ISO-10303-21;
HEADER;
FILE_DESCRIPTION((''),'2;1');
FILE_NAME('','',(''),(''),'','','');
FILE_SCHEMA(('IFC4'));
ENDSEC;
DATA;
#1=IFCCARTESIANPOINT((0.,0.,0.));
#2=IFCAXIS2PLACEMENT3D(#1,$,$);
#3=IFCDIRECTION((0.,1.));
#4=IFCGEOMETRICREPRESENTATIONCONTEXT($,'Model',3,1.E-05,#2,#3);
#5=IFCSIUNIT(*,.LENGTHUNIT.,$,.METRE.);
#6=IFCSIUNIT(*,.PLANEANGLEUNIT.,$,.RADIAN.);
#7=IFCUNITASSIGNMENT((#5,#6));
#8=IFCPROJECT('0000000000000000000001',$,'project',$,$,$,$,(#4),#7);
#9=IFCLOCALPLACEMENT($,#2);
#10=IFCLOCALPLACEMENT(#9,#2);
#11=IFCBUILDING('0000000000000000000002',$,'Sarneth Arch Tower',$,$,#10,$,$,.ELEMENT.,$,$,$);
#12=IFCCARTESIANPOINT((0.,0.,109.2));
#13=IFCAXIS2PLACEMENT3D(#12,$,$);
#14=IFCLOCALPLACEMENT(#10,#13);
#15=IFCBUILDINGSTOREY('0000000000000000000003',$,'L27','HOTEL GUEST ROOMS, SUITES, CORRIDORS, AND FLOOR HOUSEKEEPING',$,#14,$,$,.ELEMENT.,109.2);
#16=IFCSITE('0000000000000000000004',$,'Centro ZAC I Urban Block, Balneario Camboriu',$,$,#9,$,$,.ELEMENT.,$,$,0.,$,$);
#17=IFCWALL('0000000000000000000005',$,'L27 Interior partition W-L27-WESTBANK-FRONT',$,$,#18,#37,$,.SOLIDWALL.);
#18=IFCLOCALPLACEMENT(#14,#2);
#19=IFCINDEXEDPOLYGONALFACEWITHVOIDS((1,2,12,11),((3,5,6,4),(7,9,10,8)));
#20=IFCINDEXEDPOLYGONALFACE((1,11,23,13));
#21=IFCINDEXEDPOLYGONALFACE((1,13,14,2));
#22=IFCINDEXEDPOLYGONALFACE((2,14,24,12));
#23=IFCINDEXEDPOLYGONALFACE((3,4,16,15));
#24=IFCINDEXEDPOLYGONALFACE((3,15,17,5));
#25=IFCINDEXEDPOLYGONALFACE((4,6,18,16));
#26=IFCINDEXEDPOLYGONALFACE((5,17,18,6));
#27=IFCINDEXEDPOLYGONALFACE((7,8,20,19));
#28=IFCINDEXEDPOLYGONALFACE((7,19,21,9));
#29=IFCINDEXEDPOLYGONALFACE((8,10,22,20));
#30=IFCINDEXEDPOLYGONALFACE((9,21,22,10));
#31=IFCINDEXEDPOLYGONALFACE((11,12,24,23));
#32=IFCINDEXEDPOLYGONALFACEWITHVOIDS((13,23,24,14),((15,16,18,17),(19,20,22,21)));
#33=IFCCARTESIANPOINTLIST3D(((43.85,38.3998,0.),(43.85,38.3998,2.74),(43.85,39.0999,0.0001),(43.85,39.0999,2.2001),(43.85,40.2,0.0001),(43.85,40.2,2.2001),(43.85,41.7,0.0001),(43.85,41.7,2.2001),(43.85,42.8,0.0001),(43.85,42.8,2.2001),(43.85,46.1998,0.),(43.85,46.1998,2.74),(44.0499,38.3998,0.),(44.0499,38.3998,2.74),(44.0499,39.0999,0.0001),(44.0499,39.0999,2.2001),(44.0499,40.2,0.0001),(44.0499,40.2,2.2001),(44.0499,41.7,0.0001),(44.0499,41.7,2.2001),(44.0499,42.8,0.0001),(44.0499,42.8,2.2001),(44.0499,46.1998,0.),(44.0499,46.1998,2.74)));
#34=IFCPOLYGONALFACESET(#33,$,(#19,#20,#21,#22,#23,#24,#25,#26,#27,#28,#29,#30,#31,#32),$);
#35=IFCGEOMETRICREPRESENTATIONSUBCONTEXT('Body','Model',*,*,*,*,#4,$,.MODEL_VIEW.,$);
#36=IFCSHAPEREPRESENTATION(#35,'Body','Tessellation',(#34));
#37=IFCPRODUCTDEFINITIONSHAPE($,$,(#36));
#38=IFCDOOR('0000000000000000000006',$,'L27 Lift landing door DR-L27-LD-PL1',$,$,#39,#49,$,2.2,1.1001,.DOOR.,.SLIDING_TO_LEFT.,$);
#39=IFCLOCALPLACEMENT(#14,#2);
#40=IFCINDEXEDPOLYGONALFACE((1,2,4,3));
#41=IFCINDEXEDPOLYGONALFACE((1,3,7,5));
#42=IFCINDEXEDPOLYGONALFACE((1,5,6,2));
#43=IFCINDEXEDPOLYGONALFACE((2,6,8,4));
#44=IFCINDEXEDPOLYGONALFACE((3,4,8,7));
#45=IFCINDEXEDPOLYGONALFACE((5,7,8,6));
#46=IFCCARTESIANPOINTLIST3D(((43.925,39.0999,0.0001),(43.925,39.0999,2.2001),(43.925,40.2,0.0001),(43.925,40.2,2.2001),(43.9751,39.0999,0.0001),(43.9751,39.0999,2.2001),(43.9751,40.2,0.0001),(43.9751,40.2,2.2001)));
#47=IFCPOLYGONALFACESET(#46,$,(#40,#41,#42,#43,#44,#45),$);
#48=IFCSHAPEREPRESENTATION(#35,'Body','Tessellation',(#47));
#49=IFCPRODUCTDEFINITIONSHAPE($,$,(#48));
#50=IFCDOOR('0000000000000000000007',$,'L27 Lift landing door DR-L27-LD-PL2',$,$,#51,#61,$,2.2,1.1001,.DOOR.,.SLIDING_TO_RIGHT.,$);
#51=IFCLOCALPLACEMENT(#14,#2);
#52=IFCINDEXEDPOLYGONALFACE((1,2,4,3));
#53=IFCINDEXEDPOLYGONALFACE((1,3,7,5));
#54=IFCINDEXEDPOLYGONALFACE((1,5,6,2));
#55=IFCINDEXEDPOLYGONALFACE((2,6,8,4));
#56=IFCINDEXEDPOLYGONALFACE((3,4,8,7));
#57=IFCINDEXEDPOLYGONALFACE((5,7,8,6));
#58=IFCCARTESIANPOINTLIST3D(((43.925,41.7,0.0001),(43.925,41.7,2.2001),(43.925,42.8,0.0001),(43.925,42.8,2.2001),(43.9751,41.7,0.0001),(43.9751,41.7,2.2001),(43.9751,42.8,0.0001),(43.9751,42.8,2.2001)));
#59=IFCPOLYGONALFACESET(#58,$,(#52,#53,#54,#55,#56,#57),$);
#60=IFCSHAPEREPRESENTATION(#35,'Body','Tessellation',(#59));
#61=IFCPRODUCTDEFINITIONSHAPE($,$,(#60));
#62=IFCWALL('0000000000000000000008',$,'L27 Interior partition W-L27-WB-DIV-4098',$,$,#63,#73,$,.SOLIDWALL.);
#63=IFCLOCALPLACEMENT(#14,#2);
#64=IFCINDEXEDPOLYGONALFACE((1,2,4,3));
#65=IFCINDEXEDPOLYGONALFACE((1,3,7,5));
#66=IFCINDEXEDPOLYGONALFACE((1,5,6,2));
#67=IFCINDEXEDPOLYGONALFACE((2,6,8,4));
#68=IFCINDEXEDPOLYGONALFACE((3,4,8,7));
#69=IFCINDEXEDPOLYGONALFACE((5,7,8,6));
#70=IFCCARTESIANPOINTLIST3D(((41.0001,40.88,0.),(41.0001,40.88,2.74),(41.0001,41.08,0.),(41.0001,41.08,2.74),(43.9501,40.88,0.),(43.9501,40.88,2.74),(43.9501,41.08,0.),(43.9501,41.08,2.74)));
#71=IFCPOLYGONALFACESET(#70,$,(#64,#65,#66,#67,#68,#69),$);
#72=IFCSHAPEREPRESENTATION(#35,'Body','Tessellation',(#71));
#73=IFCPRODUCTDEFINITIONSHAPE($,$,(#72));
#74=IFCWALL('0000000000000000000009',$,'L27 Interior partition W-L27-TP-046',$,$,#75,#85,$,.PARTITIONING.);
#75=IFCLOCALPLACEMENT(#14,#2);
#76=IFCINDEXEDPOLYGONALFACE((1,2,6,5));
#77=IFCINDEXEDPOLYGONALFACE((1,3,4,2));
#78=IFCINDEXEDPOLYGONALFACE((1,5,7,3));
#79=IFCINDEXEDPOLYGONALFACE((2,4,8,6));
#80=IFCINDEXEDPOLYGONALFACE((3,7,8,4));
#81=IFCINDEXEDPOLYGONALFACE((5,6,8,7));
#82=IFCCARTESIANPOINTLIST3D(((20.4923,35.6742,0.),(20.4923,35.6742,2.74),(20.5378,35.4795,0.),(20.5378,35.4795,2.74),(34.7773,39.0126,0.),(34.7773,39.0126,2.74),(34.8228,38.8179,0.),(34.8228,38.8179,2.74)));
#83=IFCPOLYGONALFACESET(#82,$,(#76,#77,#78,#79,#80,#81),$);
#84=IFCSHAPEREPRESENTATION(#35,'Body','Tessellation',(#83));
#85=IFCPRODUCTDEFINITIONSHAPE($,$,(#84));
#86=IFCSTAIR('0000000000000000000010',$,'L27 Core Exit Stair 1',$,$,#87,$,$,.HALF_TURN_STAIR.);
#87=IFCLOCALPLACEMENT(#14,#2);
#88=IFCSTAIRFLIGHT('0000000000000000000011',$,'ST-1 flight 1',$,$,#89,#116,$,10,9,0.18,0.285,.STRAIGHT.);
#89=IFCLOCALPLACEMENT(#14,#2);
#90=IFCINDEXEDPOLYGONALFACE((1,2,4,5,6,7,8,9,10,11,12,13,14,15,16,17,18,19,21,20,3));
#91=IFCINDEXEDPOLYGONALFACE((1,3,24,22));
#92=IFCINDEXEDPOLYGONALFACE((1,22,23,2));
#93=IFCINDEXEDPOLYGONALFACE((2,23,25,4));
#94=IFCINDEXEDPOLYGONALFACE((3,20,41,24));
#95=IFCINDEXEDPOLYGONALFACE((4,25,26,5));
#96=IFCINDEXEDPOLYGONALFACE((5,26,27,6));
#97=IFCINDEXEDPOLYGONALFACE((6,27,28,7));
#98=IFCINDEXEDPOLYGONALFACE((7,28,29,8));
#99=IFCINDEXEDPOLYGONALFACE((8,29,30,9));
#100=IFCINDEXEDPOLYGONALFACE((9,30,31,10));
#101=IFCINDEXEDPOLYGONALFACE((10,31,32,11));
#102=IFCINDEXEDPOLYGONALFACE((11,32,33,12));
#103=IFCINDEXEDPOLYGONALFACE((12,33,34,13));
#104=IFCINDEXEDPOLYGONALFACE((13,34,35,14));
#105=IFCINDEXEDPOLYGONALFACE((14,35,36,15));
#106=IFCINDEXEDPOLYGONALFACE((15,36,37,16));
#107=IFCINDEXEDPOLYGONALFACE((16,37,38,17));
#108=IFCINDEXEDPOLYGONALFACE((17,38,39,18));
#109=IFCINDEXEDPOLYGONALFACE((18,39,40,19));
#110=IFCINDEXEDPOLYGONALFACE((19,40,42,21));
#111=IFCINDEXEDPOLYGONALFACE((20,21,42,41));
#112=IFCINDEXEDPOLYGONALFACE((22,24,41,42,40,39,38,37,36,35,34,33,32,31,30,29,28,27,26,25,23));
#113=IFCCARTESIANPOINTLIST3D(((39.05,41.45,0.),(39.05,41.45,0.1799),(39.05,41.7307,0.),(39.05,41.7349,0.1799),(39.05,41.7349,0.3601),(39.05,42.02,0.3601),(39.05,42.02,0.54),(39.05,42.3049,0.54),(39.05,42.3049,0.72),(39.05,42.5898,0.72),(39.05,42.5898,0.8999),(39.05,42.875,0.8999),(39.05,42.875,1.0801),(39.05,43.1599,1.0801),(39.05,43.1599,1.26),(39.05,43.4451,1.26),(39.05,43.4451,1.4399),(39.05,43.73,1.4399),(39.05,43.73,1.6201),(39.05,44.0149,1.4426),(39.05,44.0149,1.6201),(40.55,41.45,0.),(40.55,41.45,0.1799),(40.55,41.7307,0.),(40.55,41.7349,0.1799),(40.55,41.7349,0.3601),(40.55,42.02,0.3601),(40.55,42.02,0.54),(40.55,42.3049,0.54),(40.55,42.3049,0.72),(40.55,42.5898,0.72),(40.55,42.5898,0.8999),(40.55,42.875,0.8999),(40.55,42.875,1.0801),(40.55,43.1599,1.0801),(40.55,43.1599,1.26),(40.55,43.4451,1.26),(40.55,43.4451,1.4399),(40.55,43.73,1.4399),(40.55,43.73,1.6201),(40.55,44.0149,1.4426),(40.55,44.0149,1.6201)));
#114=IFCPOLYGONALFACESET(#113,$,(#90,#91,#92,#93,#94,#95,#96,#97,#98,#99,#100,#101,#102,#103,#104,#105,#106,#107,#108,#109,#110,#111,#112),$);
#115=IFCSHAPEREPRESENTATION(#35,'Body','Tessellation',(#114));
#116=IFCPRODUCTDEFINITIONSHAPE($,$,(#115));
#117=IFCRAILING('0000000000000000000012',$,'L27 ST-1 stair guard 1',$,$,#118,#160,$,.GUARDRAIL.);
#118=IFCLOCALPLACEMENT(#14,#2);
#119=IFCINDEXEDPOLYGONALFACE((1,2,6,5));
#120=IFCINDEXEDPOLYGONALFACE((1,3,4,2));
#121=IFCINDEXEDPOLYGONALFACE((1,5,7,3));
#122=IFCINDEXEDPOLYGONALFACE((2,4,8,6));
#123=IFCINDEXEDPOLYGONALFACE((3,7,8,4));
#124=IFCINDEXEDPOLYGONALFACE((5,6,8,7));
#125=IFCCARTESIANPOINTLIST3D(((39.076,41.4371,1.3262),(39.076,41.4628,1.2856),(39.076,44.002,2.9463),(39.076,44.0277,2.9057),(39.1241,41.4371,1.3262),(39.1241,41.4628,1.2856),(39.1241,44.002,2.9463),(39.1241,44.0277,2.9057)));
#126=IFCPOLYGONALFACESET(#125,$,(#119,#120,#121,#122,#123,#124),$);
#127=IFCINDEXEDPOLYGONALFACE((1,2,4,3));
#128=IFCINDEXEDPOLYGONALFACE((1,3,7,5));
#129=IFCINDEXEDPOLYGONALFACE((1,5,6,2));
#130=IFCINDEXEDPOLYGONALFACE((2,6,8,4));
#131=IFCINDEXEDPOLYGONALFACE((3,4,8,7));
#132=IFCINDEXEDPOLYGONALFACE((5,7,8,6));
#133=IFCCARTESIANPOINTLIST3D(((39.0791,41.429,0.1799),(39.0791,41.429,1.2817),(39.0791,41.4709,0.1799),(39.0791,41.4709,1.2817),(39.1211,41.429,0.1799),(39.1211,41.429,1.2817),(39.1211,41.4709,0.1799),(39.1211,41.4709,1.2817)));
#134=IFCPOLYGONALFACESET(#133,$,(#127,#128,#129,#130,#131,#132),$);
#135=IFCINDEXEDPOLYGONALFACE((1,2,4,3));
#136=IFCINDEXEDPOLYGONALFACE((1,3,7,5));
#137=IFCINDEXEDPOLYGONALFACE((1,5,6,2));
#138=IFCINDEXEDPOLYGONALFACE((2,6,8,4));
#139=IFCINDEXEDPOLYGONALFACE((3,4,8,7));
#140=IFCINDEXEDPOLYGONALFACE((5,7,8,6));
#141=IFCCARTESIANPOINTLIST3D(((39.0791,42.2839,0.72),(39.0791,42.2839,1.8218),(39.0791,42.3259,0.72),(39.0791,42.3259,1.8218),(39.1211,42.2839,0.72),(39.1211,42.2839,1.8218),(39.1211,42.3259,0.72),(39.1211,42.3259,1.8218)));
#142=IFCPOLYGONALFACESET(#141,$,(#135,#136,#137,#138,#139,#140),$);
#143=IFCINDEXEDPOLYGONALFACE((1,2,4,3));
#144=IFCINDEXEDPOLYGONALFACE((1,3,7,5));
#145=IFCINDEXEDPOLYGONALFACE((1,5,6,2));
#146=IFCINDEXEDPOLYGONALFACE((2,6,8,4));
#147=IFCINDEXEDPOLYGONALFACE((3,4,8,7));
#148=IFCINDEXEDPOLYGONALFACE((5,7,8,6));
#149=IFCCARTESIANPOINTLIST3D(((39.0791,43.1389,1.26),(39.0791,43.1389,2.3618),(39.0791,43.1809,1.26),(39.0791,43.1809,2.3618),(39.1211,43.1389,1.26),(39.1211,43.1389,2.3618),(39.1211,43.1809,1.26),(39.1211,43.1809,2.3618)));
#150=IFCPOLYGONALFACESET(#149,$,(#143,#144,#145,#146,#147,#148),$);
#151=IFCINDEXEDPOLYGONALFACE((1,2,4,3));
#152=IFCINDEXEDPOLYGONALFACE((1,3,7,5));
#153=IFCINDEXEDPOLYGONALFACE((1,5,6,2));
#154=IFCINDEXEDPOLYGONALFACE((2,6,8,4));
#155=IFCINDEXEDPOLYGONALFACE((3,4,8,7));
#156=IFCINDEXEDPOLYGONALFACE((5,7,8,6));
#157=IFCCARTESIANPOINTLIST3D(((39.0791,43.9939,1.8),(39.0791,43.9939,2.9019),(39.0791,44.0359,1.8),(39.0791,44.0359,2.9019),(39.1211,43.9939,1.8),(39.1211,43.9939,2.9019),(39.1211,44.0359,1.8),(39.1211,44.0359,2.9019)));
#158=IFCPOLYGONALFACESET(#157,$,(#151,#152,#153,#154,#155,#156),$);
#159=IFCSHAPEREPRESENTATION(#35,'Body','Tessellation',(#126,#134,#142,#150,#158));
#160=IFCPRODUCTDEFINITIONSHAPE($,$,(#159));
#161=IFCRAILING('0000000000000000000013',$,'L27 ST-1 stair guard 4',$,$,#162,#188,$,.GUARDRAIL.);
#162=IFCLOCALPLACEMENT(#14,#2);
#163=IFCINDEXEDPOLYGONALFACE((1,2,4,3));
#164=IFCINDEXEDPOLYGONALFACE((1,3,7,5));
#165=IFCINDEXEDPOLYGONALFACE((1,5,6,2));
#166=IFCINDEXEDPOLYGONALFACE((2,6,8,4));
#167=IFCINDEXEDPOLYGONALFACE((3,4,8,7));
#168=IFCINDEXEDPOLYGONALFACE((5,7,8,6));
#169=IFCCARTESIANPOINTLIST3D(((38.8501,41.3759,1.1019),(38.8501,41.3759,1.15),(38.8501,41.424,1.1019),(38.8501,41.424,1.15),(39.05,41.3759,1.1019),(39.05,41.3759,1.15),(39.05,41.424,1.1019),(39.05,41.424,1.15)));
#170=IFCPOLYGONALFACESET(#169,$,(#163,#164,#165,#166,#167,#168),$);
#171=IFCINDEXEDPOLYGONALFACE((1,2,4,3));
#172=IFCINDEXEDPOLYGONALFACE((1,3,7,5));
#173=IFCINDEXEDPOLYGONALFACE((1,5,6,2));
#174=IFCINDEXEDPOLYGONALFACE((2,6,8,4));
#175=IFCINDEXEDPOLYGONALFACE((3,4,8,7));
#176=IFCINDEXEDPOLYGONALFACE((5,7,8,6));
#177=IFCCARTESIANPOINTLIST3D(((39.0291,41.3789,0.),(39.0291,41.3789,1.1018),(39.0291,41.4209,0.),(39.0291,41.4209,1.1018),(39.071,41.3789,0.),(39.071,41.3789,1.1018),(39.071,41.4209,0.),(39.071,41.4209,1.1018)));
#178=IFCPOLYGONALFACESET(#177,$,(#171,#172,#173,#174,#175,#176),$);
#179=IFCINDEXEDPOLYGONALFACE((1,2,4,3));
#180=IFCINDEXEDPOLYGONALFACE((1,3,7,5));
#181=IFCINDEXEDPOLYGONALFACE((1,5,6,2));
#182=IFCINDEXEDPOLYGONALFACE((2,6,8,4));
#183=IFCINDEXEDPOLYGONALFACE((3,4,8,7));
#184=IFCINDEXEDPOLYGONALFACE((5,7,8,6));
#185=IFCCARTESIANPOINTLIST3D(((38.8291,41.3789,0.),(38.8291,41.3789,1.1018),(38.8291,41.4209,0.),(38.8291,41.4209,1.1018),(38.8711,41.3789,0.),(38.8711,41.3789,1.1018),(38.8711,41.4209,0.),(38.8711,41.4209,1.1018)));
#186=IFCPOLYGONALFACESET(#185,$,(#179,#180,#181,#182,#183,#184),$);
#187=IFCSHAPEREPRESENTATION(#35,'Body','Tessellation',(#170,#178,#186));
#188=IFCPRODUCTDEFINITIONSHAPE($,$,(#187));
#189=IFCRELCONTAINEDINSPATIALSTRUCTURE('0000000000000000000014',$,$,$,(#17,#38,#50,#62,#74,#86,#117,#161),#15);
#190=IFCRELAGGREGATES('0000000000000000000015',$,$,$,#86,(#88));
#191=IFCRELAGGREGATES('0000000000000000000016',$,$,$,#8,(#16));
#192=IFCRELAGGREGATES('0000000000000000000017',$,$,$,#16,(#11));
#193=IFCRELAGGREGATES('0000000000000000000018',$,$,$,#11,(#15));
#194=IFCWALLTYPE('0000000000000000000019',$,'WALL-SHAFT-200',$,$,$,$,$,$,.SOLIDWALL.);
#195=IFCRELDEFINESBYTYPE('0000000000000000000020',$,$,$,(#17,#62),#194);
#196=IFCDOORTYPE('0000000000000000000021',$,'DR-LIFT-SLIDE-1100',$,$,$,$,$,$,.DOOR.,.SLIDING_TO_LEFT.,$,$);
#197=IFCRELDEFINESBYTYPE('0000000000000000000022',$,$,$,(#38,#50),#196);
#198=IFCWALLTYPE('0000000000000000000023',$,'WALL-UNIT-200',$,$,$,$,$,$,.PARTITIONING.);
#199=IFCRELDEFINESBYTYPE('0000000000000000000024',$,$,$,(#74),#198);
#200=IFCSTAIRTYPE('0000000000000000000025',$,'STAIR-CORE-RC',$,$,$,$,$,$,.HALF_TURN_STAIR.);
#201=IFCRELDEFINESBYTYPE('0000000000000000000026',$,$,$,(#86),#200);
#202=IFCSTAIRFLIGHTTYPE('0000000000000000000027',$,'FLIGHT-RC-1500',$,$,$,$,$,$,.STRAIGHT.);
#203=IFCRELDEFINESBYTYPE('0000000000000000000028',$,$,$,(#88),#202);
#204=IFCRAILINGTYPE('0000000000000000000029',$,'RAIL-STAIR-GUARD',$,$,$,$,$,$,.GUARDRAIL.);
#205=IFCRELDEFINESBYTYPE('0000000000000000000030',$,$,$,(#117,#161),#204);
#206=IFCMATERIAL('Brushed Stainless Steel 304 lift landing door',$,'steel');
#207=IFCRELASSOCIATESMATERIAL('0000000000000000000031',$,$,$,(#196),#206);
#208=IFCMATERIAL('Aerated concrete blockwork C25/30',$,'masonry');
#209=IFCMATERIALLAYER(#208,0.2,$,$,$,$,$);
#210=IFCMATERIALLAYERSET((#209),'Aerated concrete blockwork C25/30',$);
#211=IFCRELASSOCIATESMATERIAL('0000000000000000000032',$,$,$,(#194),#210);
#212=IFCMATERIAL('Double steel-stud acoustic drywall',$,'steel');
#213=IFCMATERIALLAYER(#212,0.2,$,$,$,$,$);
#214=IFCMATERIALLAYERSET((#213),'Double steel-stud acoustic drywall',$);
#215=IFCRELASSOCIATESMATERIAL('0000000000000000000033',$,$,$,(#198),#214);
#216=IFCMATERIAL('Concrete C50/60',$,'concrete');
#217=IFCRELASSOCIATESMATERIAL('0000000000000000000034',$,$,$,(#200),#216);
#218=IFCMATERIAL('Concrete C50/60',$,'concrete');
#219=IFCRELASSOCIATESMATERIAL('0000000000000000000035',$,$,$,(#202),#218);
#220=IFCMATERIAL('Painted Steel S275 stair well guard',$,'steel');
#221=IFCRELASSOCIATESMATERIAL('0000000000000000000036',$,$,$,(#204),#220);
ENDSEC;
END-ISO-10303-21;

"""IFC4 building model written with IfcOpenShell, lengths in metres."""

from ifc_helpers import new_model, si_unit, direction, frame, frame_2d, origin, origin_2d, place, context, subcontext, project, spatial, polyline, rectangle, outline, extrude, material, layer, layer_set, type_object, element, fill, aggregate, save


model = new_model("IFC4")

# Units and contexts
model_context = context("Model", 3, precision=1e-05, world=origin(), true_north=direction((0.0, 1.0)))
body_context = subcontext(model_context, "Body", "Model", "MODEL_VIEW")
ifc_project = project(units=[si_unit("LENGTHUNIT", "METRE"), si_unit("PLANEANGLEUNIT", "RADIAN")], contexts=[model_context])

# Site, building, storey
site_placement = place(None, origin())
site = spatial("IfcSite", under=ifc_project, at=site_placement, Name="Centro ZAC I Urban Block, Balneario Camboriu", CompositionType="ELEMENT", RefElevation=0.0)
building_placement = place(site_placement, origin())
building = spatial("IfcBuilding", under=site, at=building_placement, Name="Sarneth Arch Tower", CompositionType="ELEMENT")
storey_placement = place(building_placement, frame((0.0, 0.0, 109.2)))
storey = spatial("IfcBuildingStorey", under=building, at=storey_placement, Name="L27", Description="HOTEL GUEST ROOMS, SUITES, CORRIDORS, AND FLOOR HOUSEKEEPING", CompositionType="ELEMENT", Elevation=109.2)

# Shared definitions
ifc_material_1 = material(Name="Brushed Stainless Steel 304 lift landing door", Category="steel")
door_type_1 = type_object("IfcDoorType", Name="DR-LIFT-SLIDE-1100", OperationType="SLIDING_TO_LEFT", PredefinedType="DOOR", material=ifc_material_1)

# Shared definitions
ifc_material_2 = material(Name="Aerated concrete blockwork C25/30", Category="masonry")
ifc_layer_1 = layer(ifc_material_2, 0.2)
ifc_layer_set_1 = layer_set([ifc_layer_1], Name="Aerated concrete blockwork C25/30")
wall_type_1 = type_object("IfcWallType", Name="WALL-SHAFT-200", PredefinedType="SOLIDWALL", material=ifc_layer_set_1)

# Wall, openings, doors
wall_1_placement = place(storey_placement, frame((43.95, 38.3999, 0.0), z_axis=(0.0, 0.0, 1.0), x_axis=(0.0, 1.0, 0.0)))
wall_1 = element("IfcWall", 1, at=wall_1_placement, inside=storey, type_object=wall_type_1, Name="L27 Interior partition W-L27-WESTBANK-FRONT", PredefinedType="SOLIDWALL", context=body_context, shape_type="SweptSolid", body=[
    extrude(rectangle(XDim=7.8, YDim=0.2, at=frame_2d((3.8999, 0.0))), origin(), (0.0, 0.0, 1.0), 2.74),
])
opening_1_placement = place(wall_1_placement, frame((0.7, 0.0, 0.0)))
opening_1 = element("IfcOpeningElement", 2, at=opening_1_placement, cuts=wall_1, PredefinedType="OPENING", context=body_context, shape_type="SweptSolid", body=[
    extrude(rectangle(XDim=1.1001, YDim=2.2, at=frame_2d((0.55, 1.1001))), frame((0.0, 0.1099, 0.0), z_axis=(0.0, -1.0, 0.0), x_axis=(1.0, 0.0, 0.0)), (0.0, 0.0, 1.0), 0.22),
])
opening_2_placement = place(wall_1_placement, frame((3.3, 0.0, 0.0)))
opening_2 = element("IfcOpeningElement", 3, at=opening_2_placement, cuts=wall_1, PredefinedType="OPENING", context=body_context, shape_type="SweptSolid", body=[
    extrude(rectangle(XDim=1.1001, YDim=2.2, at=frame_2d((0.55, 1.1001))), frame((0.0, 0.1099, 0.0), z_axis=(0.0, -1.0, 0.0), x_axis=(1.0, 0.0, 0.0)), (0.0, 0.0, 1.0), 0.22),
])
door_1_placement = place(opening_1_placement, origin())
door_1 = element("IfcDoor", 4, at=door_1_placement, inside=storey, type_object=door_type_1, Name="L27 Lift landing door DR-L27-LD-PL1", OperationType="SLIDING_TO_LEFT", OverallHeight=2.2, OverallWidth=1.1001, PredefinedType="DOOR", context=body_context, shape_type="SweptSolid", body=[
    extrude(rectangle(XDim=1.1001, YDim=2.2, at=frame_2d((0.55, 1.1001))), frame((0.0, 0.0249, 0.0), z_axis=(0.0, -1.0, 0.0), x_axis=(1.0, 0.0, 0.0)), (0.0, 0.0, 1.0), 0.05),
])
fill(opening_1, door_1)
door_2_placement = place(opening_2_placement, origin())
door_2 = element("IfcDoor", 5, at=door_2_placement, inside=storey, type_object=door_type_1, Name="L27 Lift landing door DR-L27-LD-PL2", OperationType="SLIDING_TO_RIGHT", OverallHeight=2.2, OverallWidth=1.1001, PredefinedType="DOOR", context=body_context, shape_type="SweptSolid", body=[
    extrude(rectangle(XDim=1.1001, YDim=2.2, at=frame_2d((0.55, 1.1001))), frame((0.0, 0.0249, 0.0), z_axis=(0.0, -1.0, 0.0), x_axis=(1.0, 0.0, 0.0)), (0.0, 0.0, 1.0), 0.05),
])
fill(opening_2, door_2)

# Walls
wall_2_placement = place(storey_placement, frame((41.0, 40.98, 0.0), z_axis=(0.0, 0.0, 1.0), x_axis=(1.0, 0.0, 0.0)))
element("IfcWall", 6, at=wall_2_placement, inside=storey, type_object=wall_type_1, Name="L27 Interior partition W-L27-WB-DIV-4098", PredefinedType="SOLIDWALL", context=body_context, shape_type="SweptSolid", body=[
    extrude(rectangle(XDim=2.95, YDim=0.2, at=frame_2d((1.4751, 0.0))), origin(), (0.0, 0.0, 1.0), 2.74),
])
ifc_material_3 = material(Name="Double steel-stud acoustic drywall", Category="steel")
ifc_layer_2 = layer(ifc_material_3, 0.2)
ifc_layer_set_2 = layer_set([ifc_layer_2], Name="Double steel-stud acoustic drywall")
wall_type_2 = type_object("IfcWallType", Name="WALL-UNIT-200", PredefinedType="PARTITIONING", material=ifc_layer_set_2)
wall_3_placement = place(storey_placement, frame((34.8, 38.9153, 0.0), z_axis=(0.0, 0.0, 1.0), x_axis=(-0.973762, -0.227568, 0.0)))
element("IfcWall", 7, at=wall_3_placement, inside=storey, type_object=wall_type_2, Name="L27 Interior partition W-L27-TP-046", PredefinedType="PARTITIONING", context=body_context, shape_type="SweptSolid", body=[
    extrude(rectangle(XDim=14.6699, YDim=0.2, at=frame_2d((7.335, 0.0))), origin(), (0.0, 0.0, 1.0), 2.74),
])

# Stair, stair flight
ifc_material_4 = material(Name="Concrete C50/60", Category="concrete")
stair_type = type_object("IfcStairType", Name="STAIR-CORE-RC", PredefinedType="HALF_TURN_STAIR", material=ifc_material_4)
stair_placement = place(storey_placement, origin())
stair = element("IfcStair", 8, at=stair_placement, inside=storey, type_object=stair_type, Name="L27 Core Exit Stair 1", PredefinedType="HALF_TURN_STAIR")
ifc_material_5 = material(Name="Concrete C50/60", Category="concrete")
stair_flight_type = type_object("IfcStairFlightType", Name="FLIGHT-RC-1500", PredefinedType="STRAIGHT", material=ifc_material_5)
stair_flight_placement = place(storey_placement, frame((39.8, 41.45, 0.0), z_axis=(0.0, 0.0, 1.0), x_axis=(0.0, 1.0, 0.0)))
stair_flight = element("IfcStairFlight", 9, at=stair_flight_placement, type_object=stair_flight_type, Name="ST-1 flight 1", NumberOfRisers=10, NumberOfTreads=9, PredefinedType="STRAIGHT", RiserHeight=0.18, TreadLength=0.285, context=body_context, shape_type="SweptSolid", body=[
    extrude(outline(polyline([(0.0, 0.0), (0.0, 0.1799), (0.2849, 0.1799), (0.2849, 0.3601), (0.5701, 0.3601), (0.5701, 0.54), (0.855, 0.54), (0.855, 0.72), (1.1399, 0.72), (1.1399, 0.8999), (1.425, 0.8999), (1.425, 1.0801), (1.71, 1.0801), (1.71, 1.26), (1.9951, 1.26), (1.9951, 1.4399), (2.28, 1.4399), (2.28, 1.6201), (2.5649, 1.6201), (2.5649, 1.8), (2.5649, 1.4426), (0.2808, 0.0), (0.0, 0.0)])), frame((0.0, 0.75, 0.0), z_axis=(0.0, -1.0, 0.0), x_axis=(1.0, 0.0, 0.0)), (0.0, 0.0, 1.0), 1.5),
])
aggregate(stair, [stair_flight])

# Railings
ifc_material_6 = material(Name="Painted Steel S275 stair well guard", Category="steel")
railing_type = type_object("IfcRailingType", Name="RAIL-STAIR-GUARD", PredefinedType="GUARDRAIL", material=ifc_material_6)
railing_1_placement = place(storey_placement, frame((39.1001, 41.45, 0.1799)))
element("IfcRailing", 10, at=railing_1_placement, inside=storey, type_object=railing_type, Name="L27 ST-1 stair guard 1", PredefinedType="GUARDRAIL", context=body_context, shape_type="SweptSolid", body=[
    extrude(rectangle(XDim=0.0481, YDim=0.0481, at=origin_2d()), frame((0.0, 0.0, 1.126), z_axis=(0.0, 0.845466, 0.534029), x_axis=(-1.0, 0.0, 0.0)), (0.0, 0.0, 1.0), 3.0337),
    extrude(rectangle(XDim=0.042, YDim=0.042, at=origin_2d()), origin(), (0.0, 0.0, 1.0), 1.1018),
    extrude(rectangle(XDim=0.042, YDim=0.042, at=origin_2d()), frame((0.0, 0.855, 0.54)), (0.0, 0.0, 1.0), 1.1018),
    extrude(rectangle(XDim=0.042, YDim=0.042, at=origin_2d()), frame((0.0, 1.71, 1.0801)), (0.0, 0.0, 1.0), 1.1018),
    extrude(rectangle(XDim=0.042, YDim=0.042, at=origin_2d()), frame((0.0, 2.5649, 1.6201)), (0.0, 0.0, 1.0), 1.1018),
])
railing_2_placement = place(storey_placement, frame((39.05, 41.3999, 0.0)))
element("IfcRailing", 11, at=railing_2_placement, inside=storey, type_object=railing_type, Name="L27 ST-1 stair guard 4", PredefinedType="GUARDRAIL", context=body_context, shape_type="SweptSolid", body=[
    extrude(rectangle(XDim=0.0481, YDim=0.0481, at=origin_2d()), frame((0.0, 0.0, 1.126), z_axis=(-1.0, 0.0, 0.0), x_axis=(0.0, -1.0, 0.0)), (0.0, 0.0, 1.0), 0.2),
    extrude(rectangle(XDim=0.042, YDim=0.042, at=origin_2d()), origin(), (0.0, 0.0, 1.0), 1.1018),
    extrude(rectangle(XDim=0.042, YDim=0.042, at=origin_2d()), frame((-0.2, 0.0, 0.0)), (0.0, 0.0, 1.0), 1.1018),
])

save(model, "model.ifc")
